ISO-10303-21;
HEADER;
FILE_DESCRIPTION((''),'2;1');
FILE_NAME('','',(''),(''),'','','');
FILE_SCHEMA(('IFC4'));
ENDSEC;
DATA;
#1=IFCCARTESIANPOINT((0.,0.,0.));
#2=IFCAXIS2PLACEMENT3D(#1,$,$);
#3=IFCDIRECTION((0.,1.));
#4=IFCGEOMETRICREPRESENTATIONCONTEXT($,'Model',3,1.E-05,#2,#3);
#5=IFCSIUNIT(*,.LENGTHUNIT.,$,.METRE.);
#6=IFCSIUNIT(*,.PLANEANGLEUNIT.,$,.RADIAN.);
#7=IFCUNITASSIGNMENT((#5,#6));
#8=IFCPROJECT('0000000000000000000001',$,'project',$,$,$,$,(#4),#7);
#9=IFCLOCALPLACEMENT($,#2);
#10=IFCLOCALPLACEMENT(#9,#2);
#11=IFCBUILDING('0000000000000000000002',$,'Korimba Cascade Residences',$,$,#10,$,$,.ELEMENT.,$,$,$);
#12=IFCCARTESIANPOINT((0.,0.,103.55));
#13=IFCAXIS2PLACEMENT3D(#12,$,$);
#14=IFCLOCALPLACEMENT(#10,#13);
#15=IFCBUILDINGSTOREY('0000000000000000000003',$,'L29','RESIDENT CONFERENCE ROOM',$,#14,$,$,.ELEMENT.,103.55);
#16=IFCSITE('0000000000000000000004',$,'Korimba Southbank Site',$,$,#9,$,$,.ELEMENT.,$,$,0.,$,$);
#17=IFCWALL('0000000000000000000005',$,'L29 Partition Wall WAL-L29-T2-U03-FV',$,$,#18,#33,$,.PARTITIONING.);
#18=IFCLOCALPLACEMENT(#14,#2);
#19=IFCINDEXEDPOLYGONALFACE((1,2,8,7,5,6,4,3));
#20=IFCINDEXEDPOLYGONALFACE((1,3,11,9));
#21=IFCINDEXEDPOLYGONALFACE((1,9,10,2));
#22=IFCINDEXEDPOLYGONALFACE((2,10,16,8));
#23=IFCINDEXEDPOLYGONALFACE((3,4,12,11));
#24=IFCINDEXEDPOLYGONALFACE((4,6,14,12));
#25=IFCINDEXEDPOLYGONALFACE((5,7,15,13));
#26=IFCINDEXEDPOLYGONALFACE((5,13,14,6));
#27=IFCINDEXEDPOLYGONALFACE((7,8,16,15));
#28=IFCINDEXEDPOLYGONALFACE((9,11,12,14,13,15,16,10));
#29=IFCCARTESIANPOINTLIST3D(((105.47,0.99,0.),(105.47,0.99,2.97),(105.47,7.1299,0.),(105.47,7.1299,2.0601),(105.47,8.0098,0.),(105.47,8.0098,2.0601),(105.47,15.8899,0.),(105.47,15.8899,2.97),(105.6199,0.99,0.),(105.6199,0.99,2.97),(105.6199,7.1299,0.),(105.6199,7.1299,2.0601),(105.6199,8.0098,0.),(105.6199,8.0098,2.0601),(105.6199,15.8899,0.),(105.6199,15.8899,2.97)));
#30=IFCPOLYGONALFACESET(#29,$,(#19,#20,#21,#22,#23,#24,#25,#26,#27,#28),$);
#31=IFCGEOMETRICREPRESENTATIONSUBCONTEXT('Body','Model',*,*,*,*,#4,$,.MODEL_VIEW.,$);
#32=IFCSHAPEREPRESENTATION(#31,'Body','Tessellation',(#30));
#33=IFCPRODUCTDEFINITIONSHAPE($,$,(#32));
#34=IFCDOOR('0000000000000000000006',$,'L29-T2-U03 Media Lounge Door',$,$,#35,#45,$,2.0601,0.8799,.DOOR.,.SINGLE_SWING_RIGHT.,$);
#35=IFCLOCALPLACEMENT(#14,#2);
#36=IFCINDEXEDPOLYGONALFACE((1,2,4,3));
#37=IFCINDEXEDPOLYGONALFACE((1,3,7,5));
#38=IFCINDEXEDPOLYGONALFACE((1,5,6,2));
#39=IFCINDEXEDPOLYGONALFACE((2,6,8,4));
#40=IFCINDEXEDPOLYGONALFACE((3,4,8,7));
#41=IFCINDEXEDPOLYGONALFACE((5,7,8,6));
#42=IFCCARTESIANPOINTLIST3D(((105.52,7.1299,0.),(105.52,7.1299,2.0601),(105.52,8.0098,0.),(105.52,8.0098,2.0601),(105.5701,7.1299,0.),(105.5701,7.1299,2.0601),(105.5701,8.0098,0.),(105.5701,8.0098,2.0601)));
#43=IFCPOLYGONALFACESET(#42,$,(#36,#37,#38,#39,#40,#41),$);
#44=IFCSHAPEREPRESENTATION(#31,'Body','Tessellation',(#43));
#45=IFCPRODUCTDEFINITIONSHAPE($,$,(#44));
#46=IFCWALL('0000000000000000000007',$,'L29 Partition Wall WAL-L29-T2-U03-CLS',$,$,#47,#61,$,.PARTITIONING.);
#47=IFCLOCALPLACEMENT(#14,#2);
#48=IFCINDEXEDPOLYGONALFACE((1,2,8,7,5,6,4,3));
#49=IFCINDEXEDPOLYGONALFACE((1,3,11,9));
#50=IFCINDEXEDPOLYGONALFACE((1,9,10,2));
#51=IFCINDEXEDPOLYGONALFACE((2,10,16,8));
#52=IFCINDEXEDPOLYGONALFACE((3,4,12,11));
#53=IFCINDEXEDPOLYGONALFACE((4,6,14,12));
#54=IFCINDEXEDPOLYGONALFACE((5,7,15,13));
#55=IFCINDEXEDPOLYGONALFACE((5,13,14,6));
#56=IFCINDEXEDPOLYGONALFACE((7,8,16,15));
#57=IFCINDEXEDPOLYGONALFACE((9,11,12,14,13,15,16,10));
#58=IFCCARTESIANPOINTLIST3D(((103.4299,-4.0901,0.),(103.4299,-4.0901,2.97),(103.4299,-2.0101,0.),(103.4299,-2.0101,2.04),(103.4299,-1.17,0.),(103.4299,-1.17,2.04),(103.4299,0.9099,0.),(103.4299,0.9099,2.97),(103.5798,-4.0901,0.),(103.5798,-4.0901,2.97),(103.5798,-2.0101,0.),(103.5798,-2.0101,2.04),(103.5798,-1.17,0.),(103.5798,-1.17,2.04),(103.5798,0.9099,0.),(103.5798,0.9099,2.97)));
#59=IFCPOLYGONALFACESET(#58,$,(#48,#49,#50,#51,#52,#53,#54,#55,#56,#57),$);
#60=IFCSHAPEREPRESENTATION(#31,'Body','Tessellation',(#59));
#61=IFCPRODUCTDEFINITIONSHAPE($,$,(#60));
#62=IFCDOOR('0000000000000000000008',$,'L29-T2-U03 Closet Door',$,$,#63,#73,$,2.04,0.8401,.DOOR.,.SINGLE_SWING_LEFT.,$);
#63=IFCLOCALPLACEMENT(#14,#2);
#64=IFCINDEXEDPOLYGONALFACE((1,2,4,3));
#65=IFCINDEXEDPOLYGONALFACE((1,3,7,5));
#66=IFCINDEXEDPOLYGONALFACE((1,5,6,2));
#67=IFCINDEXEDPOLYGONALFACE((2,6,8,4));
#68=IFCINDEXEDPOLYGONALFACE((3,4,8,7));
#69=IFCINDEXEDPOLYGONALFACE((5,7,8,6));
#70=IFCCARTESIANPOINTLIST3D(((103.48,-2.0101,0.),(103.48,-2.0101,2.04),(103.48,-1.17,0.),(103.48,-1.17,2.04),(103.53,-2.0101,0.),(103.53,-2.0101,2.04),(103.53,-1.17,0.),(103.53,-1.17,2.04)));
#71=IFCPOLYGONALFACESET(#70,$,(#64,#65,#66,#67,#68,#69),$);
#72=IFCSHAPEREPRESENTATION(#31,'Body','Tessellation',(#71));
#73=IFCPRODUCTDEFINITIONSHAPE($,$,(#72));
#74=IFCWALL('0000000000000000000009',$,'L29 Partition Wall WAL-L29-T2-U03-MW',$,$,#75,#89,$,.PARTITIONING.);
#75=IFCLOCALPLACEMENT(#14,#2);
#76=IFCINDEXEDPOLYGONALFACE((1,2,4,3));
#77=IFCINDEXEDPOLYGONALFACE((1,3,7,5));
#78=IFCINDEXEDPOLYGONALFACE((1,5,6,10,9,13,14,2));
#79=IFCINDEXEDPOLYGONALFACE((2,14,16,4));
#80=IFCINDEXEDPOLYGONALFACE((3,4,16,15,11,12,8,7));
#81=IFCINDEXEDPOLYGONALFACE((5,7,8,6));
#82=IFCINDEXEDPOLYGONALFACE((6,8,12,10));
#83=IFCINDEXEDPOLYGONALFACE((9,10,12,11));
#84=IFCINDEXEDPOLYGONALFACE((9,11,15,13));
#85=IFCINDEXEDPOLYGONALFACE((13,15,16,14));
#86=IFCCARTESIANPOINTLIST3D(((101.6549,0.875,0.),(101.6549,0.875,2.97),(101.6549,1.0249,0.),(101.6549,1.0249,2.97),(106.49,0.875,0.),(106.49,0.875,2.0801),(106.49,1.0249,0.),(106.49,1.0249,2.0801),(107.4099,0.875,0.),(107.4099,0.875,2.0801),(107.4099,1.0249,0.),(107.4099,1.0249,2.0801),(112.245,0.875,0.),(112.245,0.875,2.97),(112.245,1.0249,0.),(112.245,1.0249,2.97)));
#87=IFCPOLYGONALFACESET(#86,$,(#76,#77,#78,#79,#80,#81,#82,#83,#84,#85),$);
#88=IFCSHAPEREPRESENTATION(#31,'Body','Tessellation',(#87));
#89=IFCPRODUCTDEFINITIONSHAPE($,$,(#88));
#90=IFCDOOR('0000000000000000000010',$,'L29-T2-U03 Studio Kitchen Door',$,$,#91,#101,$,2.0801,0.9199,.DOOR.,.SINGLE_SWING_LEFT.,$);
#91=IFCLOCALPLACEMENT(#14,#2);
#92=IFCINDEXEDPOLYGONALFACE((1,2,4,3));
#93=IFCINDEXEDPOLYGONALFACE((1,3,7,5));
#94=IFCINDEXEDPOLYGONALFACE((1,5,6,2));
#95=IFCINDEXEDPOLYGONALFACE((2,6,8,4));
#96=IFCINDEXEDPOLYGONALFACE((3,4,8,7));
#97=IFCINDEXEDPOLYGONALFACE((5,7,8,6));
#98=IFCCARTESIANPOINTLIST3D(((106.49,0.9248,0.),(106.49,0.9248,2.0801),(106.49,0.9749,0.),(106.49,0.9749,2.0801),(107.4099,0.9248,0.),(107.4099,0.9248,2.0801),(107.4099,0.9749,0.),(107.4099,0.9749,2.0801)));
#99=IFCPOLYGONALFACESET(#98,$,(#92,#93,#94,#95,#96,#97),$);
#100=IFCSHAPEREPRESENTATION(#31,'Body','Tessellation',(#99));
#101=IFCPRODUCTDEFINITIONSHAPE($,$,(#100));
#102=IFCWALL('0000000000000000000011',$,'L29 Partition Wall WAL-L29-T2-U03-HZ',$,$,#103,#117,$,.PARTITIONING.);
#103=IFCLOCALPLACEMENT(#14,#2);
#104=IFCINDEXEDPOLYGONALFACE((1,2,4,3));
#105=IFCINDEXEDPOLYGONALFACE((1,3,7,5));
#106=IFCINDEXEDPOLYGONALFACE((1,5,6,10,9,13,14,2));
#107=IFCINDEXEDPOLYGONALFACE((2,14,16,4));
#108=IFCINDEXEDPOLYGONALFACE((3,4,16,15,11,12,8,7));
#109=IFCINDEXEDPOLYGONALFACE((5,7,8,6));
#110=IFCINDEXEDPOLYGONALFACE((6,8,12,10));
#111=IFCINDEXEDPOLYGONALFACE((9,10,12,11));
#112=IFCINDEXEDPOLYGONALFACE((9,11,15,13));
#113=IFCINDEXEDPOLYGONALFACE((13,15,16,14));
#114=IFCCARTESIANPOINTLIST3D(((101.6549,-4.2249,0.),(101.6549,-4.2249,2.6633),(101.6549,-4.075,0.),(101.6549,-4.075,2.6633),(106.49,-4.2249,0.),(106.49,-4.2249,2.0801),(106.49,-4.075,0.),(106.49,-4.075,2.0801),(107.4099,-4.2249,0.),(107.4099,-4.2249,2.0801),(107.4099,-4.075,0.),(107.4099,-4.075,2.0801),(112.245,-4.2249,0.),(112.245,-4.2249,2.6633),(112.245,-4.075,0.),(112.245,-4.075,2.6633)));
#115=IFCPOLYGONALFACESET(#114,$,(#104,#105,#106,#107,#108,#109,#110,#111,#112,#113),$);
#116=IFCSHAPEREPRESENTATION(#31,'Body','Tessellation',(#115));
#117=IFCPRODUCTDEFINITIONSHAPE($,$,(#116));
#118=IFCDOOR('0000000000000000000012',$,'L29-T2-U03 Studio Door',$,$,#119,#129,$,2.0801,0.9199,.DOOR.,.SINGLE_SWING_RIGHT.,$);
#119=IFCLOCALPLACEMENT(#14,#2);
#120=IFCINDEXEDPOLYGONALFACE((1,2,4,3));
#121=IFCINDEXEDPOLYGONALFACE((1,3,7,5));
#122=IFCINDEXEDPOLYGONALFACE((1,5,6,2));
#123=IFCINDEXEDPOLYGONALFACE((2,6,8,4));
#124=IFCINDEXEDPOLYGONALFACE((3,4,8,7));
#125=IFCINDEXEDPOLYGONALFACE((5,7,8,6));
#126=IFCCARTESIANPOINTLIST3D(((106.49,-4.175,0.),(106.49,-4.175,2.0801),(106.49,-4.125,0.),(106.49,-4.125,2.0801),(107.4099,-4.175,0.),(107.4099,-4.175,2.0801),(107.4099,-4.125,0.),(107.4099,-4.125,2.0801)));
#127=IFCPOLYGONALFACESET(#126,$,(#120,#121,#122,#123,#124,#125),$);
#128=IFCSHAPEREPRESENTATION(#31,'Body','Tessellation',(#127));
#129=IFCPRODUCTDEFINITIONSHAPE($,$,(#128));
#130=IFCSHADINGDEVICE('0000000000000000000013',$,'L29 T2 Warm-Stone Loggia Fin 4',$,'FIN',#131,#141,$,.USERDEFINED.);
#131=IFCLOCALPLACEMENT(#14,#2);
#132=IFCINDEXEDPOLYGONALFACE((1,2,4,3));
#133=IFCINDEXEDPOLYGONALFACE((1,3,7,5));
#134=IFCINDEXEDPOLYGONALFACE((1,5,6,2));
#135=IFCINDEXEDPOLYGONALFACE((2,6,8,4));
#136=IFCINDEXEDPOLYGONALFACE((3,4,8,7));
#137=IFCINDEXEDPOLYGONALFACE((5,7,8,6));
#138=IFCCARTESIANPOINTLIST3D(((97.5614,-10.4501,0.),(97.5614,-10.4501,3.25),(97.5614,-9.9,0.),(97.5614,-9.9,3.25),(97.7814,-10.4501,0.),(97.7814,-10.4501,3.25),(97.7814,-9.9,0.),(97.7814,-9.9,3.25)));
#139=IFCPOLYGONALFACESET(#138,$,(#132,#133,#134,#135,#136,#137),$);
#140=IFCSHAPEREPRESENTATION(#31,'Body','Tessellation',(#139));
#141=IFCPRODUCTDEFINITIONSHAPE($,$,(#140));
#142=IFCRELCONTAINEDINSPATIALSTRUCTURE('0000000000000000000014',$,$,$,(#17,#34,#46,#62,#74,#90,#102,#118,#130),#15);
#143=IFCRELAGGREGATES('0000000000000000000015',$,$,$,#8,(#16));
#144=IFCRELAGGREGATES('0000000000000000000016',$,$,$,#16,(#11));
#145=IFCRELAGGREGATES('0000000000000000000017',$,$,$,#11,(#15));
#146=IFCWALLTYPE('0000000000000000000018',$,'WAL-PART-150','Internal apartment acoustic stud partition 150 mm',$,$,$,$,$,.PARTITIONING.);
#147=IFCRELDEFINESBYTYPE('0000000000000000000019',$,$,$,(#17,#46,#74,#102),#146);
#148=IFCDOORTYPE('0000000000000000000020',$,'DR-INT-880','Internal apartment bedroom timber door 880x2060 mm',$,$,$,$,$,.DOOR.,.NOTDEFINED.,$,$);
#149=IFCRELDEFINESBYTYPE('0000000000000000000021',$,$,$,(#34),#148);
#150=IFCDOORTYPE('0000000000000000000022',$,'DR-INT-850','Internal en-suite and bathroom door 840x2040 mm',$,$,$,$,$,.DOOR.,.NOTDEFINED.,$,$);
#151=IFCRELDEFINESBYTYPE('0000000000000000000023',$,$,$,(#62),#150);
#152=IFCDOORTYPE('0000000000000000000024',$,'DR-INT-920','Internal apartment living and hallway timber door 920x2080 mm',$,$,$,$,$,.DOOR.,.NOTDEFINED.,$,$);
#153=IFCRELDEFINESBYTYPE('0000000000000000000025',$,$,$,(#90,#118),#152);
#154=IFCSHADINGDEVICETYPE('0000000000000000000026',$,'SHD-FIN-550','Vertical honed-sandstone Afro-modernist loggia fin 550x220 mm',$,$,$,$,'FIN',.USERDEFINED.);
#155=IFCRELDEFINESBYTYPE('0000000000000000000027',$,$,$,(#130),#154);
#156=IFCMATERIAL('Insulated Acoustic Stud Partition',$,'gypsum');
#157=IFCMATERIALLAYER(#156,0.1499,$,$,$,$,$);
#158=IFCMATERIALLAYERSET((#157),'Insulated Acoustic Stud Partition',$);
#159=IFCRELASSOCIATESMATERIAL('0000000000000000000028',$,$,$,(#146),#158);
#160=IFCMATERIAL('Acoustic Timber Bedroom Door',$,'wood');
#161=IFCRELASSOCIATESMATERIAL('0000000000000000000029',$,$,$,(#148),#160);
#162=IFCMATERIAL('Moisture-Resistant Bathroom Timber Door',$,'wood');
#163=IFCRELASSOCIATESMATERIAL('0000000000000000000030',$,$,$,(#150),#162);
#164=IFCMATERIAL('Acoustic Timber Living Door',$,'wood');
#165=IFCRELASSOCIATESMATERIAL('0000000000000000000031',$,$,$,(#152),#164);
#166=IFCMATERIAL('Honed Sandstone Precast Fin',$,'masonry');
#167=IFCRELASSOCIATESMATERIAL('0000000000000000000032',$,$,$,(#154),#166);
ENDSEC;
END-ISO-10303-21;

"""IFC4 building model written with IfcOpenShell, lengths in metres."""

from ifc_helpers import new_model, si_unit, direction, frame, frame_2d, origin, origin_2d, place, context, subcontext, project, spatial, rectangle, extrude, material, layer, layer_set, type_object, element, fill, save


model = new_model("IFC4")

# Units and contexts
model_context = context("Model", 3, precision=1e-05, world=origin(), true_north=direction((0.0, 1.0)))
body_context = subcontext(model_context, "Body", "Model", "MODEL_VIEW")
ifc_project = project(units=[si_unit("LENGTHUNIT", "METRE"), si_unit("PLANEANGLEUNIT", "RADIAN")], contexts=[model_context])

# Site, building, storey
site_placement = place(None, origin())
site = spatial("IfcSite", under=ifc_project, at=site_placement, Name="Korimba Southbank Site", CompositionType="ELEMENT", RefElevation=0.0)
building_placement = place(site_placement, origin())
building = spatial("IfcBuilding", under=site, at=building_placement, Name="Korimba Cascade Residences", CompositionType="ELEMENT")
storey_placement = place(building_placement, frame((0.0, 0.0, 103.55)))
storey = spatial("IfcBuildingStorey", under=building, at=storey_placement, Name="L29", Description="RESIDENT CONFERENCE ROOM", CompositionType="ELEMENT", Elevation=103.55)

# Walls, openings, doors
ifc_material_1 = material(Name="Insulated Acoustic Stud Partition", Category="gypsum")
ifc_layer_1 = layer(ifc_material_1, 0.1499)
ifc_layer_set_1 = layer_set([ifc_layer_1], Name="Insulated Acoustic Stud Partition")
wall_type_1 = type_object("IfcWallType", Name="WAL-PART-150", Description="Internal apartment acoustic stud partition 150 mm", PredefinedType="PARTITIONING", material=ifc_layer_set_1)
wall_1_placement = place(storey_placement, frame((105.5449, 0.99, 0.0), z_axis=(0.0, 0.0, 1.0), x_axis=(0.0, 1.0, 0.0)))
wall_1 = element("IfcWall", 1, at=wall_1_placement, inside=storey, type_object=wall_type_1, Name="L29 Partition Wall WAL-L29-T2-U03-FV", PredefinedType="PARTITIONING", context=body_context, shape_type="SweptSolid", body=[
    extrude(rectangle(XDim=14.8999, YDim=0.1499, at=frame_2d((7.45, 0.0))), origin(), (0.0, 0.0, 1.0), 2.97),
])
opening_1_placement = place(wall_1_placement, frame((6.1399, 0.0, 0.0)))
opening_1 = element("IfcOpeningElement", 2, at=opening_1_placement, cuts=wall_1, PredefinedType="OPENING", context=body_context, shape_type="SweptSolid", body=[
    extrude(rectangle(XDim=0.8799, YDim=2.0601, at=frame_2d((0.4399, 1.03))), frame((0.0, 0.085, 0.0), z_axis=(0.0, -1.0, 0.0), x_axis=(1.0, 0.0, 0.0)), (0.0, 0.0, 1.0), 0.1699),
])
ifc_material_2 = material(Name="Acoustic Timber Bedroom Door", Category="wood")
door_type_1 = type_object("IfcDoorType", Name="DR-INT-880", Description="Internal apartment bedroom timber door 880x2060 mm", OperationType="NOTDEFINED", PredefinedType="DOOR", material=ifc_material_2)
door_1_placement = place(opening_1_placement, origin())
door_1 = element("IfcDoor", 3, at=door_1_placement, inside=storey, type_object=door_type_1, Name="L29-T2-U03 Media Lounge Door", OperationType="SINGLE_SWING_RIGHT", OverallHeight=2.0601, OverallWidth=0.8799, PredefinedType="DOOR", context=body_context, shape_type="SweptSolid", body=[
    extrude(rectangle(XDim=0.8799, YDim=2.0601, at=frame_2d((0.4399, 1.03))), frame((0.0, 0.0249, 0.0), z_axis=(0.0, -1.0, 0.0), x_axis=(1.0, 0.0, 0.0)), (0.0, 0.0, 1.0), 0.05),
])
fill(opening_1, door_1)
wall_2_placement = place(storey_placement, frame((103.5049, -4.0901, 0.0), z_axis=(0.0, 0.0, 1.0), x_axis=(0.0, 1.0, 0.0)))
wall_2 = element("IfcWall", 4, at=wall_2_placement, inside=storey, type_object=wall_type_1, Name="L29 Partition Wall WAL-L29-T2-U03-CLS", PredefinedType="PARTITIONING", context=body_context, shape_type="SweptSolid", body=[
    extrude(rectangle(XDim=5.0, YDim=0.1499, at=frame_2d((2.5, 0.0))), origin(), (0.0, 0.0, 1.0), 2.97),
])
opening_2_placement = place(wall_2_placement, frame((2.0801, 0.0, 0.0)))
opening_2 = element("IfcOpeningElement", 5, at=opening_2_placement, cuts=wall_2, PredefinedType="OPENING", context=body_context, shape_type="SweptSolid", body=[
    extrude(rectangle(XDim=0.8401, YDim=2.04, at=frame_2d((0.4199, 1.02))), frame((0.0, 0.085, 0.0), z_axis=(0.0, -1.0, 0.0), x_axis=(1.0, 0.0, 0.0)), (0.0, 0.0, 1.0), 0.1699),
])
ifc_material_3 = material(Name="Moisture-Resistant Bathroom Timber Door", Category="wood")
door_type_2 = type_object("IfcDoorType", Name="DR-INT-850", Description="Internal en-suite and bathroom door 840x2040 mm", OperationType="NOTDEFINED", PredefinedType="DOOR", material=ifc_material_3)
door_2_placement = place(opening_2_placement, origin())
door_2 = element("IfcDoor", 6, at=door_2_placement, inside=storey, type_object=door_type_2, Name="L29-T2-U03 Closet Door", OperationType="SINGLE_SWING_LEFT", OverallHeight=2.04, OverallWidth=0.8401, PredefinedType="DOOR", context=body_context, shape_type="SweptSolid", body=[
    extrude(rectangle(XDim=0.8401, YDim=2.04, at=frame_2d((0.4199, 1.02))), frame((0.0, 0.0249, 0.0), z_axis=(0.0, -1.0, 0.0), x_axis=(1.0, 0.0, 0.0)), (0.0, 0.0, 1.0), 0.05),
])
fill(opening_2, door_2)
wall_3_placement = place(storey_placement, frame((101.655, 0.95, 0.0), z_axis=(0.0, 0.0, 1.0), x_axis=(1.0, 0.0, 0.0)))
wall_3 = element("IfcWall", 7, at=wall_3_placement, inside=storey, type_object=wall_type_1, Name="L29 Partition Wall WAL-L29-T2-U03-MW", PredefinedType="PARTITIONING", context=body_context, shape_type="SweptSolid", body=[
    extrude(rectangle(XDim=10.5901, YDim=0.1499, at=frame_2d((5.2949, 0.0))), origin(), (0.0, 0.0, 1.0), 2.97),
])
opening_3_placement = place(wall_3_placement, frame((4.835, 0.0, 0.0)))
opening_3 = element("IfcOpeningElement", 8, at=opening_3_placement, cuts=wall_3, PredefinedType="OPENING", context=body_context, shape_type="SweptSolid", body=[
    extrude(rectangle(XDim=0.9199, YDim=2.0801, at=frame_2d((0.46, 1.04))), frame((0.0, 0.085, 0.0), z_axis=(0.0, -1.0, 0.0), x_axis=(1.0, 0.0, 0.0)), (0.0, 0.0, 1.0), 0.1699),
])
ifc_material_4 = material(Name="Acoustic Timber Living Door", Category="wood")
door_type_3 = type_object("IfcDoorType", Name="DR-INT-920", Description="Internal apartment living and hallway timber door 920x2080 mm", OperationType="NOTDEFINED", PredefinedType="DOOR", material=ifc_material_4)
door_3_placement = place(opening_3_placement, origin())
door_3 = element("IfcDoor", 9, at=door_3_placement, inside=storey, type_object=door_type_3, Name="L29-T2-U03 Studio Kitchen Door", OperationType="SINGLE_SWING_LEFT", OverallHeight=2.0801, OverallWidth=0.9199, PredefinedType="DOOR", context=body_context, shape_type="SweptSolid", body=[
    extrude(rectangle(XDim=0.9199, YDim=2.0801, at=frame_2d((0.46, 1.04))), frame((0.0, 0.0249, 0.0), z_axis=(0.0, -1.0, 0.0), x_axis=(1.0, 0.0, 0.0)), (0.0, 0.0, 1.0), 0.05),
])
fill(opening_3, door_3)
wall_4_placement = place(storey_placement, frame((101.655, -4.1499, 0.0), z_axis=(0.0, 0.0, 1.0), x_axis=(1.0, 0.0, 0.0)))
wall_4 = element("IfcWall", 10, at=wall_4_placement, inside=storey, type_object=wall_type_1, Name="L29 Partition Wall WAL-L29-T2-U03-HZ", PredefinedType="PARTITIONING", context=body_context, shape_type="SweptSolid", body=[
    extrude(rectangle(XDim=10.5901, YDim=0.1499, at=frame_2d((5.2949, 0.0))), origin(), (0.0, 0.0, 1.0), 2.6633),
])
opening_4_placement = place(wall_4_placement, frame((4.835, 0.0, 0.0)))
opening_4 = element("IfcOpeningElement", 11, at=opening_4_placement, cuts=wall_4, PredefinedType="OPENING", context=body_context, shape_type="SweptSolid", body=[
    extrude(rectangle(XDim=0.9199, YDim=2.0801, at=frame_2d((0.46, 1.04))), frame((0.0, 0.085, 0.0), z_axis=(0.0, -1.0, 0.0), x_axis=(1.0, 0.0, 0.0)), (0.0, 0.0, 1.0), 0.1699),
])
door_4_placement = place(opening_4_placement, origin())
door_4 = element("IfcDoor", 12, at=door_4_placement, inside=storey, type_object=door_type_3, Name="L29-T2-U03 Studio Door", OperationType="SINGLE_SWING_RIGHT", OverallHeight=2.0801, OverallWidth=0.9199, PredefinedType="DOOR", context=body_context, shape_type="SweptSolid", body=[
    extrude(rectangle(XDim=0.9199, YDim=2.0801, at=frame_2d((0.46, 1.04))), frame((0.0, 0.0249, 0.0), z_axis=(0.0, -1.0, 0.0), x_axis=(1.0, 0.0, 0.0)), (0.0, 0.0, 1.0), 0.05),
])
fill(opening_4, door_4)

# Shading device
ifc_material_5 = material(Name="Honed Sandstone Precast Fin", Category="masonry")
shading_device_type = type_object("IfcShadingDeviceType", Name="SHD-FIN-550", Description="Vertical honed-sandstone Afro-modernist loggia fin 550x220 mm", ElementType="FIN", PredefinedType="USERDEFINED", material=ifc_material_5)
shading_device_placement = place(storey_placement, frame((97.6714, -10.175, 0.0), z_axis=(0.0, 0.0, 1.0), x_axis=(1.0, 0.0, 0.0)))
element("IfcShadingDevice", 13, at=shading_device_placement, inside=storey, type_object=shading_device_type, Name="L29 T2 Warm-Stone Loggia Fin 4", ObjectType="FIN", PredefinedType="USERDEFINED", context=body_context, shape_type="SweptSolid", body=[
    extrude(rectangle(XDim=0.22, YDim=0.55, at=origin_2d()), origin(), (0.0, 0.0, 1.0), 3.25),
])

save(model, "model.ifc")
